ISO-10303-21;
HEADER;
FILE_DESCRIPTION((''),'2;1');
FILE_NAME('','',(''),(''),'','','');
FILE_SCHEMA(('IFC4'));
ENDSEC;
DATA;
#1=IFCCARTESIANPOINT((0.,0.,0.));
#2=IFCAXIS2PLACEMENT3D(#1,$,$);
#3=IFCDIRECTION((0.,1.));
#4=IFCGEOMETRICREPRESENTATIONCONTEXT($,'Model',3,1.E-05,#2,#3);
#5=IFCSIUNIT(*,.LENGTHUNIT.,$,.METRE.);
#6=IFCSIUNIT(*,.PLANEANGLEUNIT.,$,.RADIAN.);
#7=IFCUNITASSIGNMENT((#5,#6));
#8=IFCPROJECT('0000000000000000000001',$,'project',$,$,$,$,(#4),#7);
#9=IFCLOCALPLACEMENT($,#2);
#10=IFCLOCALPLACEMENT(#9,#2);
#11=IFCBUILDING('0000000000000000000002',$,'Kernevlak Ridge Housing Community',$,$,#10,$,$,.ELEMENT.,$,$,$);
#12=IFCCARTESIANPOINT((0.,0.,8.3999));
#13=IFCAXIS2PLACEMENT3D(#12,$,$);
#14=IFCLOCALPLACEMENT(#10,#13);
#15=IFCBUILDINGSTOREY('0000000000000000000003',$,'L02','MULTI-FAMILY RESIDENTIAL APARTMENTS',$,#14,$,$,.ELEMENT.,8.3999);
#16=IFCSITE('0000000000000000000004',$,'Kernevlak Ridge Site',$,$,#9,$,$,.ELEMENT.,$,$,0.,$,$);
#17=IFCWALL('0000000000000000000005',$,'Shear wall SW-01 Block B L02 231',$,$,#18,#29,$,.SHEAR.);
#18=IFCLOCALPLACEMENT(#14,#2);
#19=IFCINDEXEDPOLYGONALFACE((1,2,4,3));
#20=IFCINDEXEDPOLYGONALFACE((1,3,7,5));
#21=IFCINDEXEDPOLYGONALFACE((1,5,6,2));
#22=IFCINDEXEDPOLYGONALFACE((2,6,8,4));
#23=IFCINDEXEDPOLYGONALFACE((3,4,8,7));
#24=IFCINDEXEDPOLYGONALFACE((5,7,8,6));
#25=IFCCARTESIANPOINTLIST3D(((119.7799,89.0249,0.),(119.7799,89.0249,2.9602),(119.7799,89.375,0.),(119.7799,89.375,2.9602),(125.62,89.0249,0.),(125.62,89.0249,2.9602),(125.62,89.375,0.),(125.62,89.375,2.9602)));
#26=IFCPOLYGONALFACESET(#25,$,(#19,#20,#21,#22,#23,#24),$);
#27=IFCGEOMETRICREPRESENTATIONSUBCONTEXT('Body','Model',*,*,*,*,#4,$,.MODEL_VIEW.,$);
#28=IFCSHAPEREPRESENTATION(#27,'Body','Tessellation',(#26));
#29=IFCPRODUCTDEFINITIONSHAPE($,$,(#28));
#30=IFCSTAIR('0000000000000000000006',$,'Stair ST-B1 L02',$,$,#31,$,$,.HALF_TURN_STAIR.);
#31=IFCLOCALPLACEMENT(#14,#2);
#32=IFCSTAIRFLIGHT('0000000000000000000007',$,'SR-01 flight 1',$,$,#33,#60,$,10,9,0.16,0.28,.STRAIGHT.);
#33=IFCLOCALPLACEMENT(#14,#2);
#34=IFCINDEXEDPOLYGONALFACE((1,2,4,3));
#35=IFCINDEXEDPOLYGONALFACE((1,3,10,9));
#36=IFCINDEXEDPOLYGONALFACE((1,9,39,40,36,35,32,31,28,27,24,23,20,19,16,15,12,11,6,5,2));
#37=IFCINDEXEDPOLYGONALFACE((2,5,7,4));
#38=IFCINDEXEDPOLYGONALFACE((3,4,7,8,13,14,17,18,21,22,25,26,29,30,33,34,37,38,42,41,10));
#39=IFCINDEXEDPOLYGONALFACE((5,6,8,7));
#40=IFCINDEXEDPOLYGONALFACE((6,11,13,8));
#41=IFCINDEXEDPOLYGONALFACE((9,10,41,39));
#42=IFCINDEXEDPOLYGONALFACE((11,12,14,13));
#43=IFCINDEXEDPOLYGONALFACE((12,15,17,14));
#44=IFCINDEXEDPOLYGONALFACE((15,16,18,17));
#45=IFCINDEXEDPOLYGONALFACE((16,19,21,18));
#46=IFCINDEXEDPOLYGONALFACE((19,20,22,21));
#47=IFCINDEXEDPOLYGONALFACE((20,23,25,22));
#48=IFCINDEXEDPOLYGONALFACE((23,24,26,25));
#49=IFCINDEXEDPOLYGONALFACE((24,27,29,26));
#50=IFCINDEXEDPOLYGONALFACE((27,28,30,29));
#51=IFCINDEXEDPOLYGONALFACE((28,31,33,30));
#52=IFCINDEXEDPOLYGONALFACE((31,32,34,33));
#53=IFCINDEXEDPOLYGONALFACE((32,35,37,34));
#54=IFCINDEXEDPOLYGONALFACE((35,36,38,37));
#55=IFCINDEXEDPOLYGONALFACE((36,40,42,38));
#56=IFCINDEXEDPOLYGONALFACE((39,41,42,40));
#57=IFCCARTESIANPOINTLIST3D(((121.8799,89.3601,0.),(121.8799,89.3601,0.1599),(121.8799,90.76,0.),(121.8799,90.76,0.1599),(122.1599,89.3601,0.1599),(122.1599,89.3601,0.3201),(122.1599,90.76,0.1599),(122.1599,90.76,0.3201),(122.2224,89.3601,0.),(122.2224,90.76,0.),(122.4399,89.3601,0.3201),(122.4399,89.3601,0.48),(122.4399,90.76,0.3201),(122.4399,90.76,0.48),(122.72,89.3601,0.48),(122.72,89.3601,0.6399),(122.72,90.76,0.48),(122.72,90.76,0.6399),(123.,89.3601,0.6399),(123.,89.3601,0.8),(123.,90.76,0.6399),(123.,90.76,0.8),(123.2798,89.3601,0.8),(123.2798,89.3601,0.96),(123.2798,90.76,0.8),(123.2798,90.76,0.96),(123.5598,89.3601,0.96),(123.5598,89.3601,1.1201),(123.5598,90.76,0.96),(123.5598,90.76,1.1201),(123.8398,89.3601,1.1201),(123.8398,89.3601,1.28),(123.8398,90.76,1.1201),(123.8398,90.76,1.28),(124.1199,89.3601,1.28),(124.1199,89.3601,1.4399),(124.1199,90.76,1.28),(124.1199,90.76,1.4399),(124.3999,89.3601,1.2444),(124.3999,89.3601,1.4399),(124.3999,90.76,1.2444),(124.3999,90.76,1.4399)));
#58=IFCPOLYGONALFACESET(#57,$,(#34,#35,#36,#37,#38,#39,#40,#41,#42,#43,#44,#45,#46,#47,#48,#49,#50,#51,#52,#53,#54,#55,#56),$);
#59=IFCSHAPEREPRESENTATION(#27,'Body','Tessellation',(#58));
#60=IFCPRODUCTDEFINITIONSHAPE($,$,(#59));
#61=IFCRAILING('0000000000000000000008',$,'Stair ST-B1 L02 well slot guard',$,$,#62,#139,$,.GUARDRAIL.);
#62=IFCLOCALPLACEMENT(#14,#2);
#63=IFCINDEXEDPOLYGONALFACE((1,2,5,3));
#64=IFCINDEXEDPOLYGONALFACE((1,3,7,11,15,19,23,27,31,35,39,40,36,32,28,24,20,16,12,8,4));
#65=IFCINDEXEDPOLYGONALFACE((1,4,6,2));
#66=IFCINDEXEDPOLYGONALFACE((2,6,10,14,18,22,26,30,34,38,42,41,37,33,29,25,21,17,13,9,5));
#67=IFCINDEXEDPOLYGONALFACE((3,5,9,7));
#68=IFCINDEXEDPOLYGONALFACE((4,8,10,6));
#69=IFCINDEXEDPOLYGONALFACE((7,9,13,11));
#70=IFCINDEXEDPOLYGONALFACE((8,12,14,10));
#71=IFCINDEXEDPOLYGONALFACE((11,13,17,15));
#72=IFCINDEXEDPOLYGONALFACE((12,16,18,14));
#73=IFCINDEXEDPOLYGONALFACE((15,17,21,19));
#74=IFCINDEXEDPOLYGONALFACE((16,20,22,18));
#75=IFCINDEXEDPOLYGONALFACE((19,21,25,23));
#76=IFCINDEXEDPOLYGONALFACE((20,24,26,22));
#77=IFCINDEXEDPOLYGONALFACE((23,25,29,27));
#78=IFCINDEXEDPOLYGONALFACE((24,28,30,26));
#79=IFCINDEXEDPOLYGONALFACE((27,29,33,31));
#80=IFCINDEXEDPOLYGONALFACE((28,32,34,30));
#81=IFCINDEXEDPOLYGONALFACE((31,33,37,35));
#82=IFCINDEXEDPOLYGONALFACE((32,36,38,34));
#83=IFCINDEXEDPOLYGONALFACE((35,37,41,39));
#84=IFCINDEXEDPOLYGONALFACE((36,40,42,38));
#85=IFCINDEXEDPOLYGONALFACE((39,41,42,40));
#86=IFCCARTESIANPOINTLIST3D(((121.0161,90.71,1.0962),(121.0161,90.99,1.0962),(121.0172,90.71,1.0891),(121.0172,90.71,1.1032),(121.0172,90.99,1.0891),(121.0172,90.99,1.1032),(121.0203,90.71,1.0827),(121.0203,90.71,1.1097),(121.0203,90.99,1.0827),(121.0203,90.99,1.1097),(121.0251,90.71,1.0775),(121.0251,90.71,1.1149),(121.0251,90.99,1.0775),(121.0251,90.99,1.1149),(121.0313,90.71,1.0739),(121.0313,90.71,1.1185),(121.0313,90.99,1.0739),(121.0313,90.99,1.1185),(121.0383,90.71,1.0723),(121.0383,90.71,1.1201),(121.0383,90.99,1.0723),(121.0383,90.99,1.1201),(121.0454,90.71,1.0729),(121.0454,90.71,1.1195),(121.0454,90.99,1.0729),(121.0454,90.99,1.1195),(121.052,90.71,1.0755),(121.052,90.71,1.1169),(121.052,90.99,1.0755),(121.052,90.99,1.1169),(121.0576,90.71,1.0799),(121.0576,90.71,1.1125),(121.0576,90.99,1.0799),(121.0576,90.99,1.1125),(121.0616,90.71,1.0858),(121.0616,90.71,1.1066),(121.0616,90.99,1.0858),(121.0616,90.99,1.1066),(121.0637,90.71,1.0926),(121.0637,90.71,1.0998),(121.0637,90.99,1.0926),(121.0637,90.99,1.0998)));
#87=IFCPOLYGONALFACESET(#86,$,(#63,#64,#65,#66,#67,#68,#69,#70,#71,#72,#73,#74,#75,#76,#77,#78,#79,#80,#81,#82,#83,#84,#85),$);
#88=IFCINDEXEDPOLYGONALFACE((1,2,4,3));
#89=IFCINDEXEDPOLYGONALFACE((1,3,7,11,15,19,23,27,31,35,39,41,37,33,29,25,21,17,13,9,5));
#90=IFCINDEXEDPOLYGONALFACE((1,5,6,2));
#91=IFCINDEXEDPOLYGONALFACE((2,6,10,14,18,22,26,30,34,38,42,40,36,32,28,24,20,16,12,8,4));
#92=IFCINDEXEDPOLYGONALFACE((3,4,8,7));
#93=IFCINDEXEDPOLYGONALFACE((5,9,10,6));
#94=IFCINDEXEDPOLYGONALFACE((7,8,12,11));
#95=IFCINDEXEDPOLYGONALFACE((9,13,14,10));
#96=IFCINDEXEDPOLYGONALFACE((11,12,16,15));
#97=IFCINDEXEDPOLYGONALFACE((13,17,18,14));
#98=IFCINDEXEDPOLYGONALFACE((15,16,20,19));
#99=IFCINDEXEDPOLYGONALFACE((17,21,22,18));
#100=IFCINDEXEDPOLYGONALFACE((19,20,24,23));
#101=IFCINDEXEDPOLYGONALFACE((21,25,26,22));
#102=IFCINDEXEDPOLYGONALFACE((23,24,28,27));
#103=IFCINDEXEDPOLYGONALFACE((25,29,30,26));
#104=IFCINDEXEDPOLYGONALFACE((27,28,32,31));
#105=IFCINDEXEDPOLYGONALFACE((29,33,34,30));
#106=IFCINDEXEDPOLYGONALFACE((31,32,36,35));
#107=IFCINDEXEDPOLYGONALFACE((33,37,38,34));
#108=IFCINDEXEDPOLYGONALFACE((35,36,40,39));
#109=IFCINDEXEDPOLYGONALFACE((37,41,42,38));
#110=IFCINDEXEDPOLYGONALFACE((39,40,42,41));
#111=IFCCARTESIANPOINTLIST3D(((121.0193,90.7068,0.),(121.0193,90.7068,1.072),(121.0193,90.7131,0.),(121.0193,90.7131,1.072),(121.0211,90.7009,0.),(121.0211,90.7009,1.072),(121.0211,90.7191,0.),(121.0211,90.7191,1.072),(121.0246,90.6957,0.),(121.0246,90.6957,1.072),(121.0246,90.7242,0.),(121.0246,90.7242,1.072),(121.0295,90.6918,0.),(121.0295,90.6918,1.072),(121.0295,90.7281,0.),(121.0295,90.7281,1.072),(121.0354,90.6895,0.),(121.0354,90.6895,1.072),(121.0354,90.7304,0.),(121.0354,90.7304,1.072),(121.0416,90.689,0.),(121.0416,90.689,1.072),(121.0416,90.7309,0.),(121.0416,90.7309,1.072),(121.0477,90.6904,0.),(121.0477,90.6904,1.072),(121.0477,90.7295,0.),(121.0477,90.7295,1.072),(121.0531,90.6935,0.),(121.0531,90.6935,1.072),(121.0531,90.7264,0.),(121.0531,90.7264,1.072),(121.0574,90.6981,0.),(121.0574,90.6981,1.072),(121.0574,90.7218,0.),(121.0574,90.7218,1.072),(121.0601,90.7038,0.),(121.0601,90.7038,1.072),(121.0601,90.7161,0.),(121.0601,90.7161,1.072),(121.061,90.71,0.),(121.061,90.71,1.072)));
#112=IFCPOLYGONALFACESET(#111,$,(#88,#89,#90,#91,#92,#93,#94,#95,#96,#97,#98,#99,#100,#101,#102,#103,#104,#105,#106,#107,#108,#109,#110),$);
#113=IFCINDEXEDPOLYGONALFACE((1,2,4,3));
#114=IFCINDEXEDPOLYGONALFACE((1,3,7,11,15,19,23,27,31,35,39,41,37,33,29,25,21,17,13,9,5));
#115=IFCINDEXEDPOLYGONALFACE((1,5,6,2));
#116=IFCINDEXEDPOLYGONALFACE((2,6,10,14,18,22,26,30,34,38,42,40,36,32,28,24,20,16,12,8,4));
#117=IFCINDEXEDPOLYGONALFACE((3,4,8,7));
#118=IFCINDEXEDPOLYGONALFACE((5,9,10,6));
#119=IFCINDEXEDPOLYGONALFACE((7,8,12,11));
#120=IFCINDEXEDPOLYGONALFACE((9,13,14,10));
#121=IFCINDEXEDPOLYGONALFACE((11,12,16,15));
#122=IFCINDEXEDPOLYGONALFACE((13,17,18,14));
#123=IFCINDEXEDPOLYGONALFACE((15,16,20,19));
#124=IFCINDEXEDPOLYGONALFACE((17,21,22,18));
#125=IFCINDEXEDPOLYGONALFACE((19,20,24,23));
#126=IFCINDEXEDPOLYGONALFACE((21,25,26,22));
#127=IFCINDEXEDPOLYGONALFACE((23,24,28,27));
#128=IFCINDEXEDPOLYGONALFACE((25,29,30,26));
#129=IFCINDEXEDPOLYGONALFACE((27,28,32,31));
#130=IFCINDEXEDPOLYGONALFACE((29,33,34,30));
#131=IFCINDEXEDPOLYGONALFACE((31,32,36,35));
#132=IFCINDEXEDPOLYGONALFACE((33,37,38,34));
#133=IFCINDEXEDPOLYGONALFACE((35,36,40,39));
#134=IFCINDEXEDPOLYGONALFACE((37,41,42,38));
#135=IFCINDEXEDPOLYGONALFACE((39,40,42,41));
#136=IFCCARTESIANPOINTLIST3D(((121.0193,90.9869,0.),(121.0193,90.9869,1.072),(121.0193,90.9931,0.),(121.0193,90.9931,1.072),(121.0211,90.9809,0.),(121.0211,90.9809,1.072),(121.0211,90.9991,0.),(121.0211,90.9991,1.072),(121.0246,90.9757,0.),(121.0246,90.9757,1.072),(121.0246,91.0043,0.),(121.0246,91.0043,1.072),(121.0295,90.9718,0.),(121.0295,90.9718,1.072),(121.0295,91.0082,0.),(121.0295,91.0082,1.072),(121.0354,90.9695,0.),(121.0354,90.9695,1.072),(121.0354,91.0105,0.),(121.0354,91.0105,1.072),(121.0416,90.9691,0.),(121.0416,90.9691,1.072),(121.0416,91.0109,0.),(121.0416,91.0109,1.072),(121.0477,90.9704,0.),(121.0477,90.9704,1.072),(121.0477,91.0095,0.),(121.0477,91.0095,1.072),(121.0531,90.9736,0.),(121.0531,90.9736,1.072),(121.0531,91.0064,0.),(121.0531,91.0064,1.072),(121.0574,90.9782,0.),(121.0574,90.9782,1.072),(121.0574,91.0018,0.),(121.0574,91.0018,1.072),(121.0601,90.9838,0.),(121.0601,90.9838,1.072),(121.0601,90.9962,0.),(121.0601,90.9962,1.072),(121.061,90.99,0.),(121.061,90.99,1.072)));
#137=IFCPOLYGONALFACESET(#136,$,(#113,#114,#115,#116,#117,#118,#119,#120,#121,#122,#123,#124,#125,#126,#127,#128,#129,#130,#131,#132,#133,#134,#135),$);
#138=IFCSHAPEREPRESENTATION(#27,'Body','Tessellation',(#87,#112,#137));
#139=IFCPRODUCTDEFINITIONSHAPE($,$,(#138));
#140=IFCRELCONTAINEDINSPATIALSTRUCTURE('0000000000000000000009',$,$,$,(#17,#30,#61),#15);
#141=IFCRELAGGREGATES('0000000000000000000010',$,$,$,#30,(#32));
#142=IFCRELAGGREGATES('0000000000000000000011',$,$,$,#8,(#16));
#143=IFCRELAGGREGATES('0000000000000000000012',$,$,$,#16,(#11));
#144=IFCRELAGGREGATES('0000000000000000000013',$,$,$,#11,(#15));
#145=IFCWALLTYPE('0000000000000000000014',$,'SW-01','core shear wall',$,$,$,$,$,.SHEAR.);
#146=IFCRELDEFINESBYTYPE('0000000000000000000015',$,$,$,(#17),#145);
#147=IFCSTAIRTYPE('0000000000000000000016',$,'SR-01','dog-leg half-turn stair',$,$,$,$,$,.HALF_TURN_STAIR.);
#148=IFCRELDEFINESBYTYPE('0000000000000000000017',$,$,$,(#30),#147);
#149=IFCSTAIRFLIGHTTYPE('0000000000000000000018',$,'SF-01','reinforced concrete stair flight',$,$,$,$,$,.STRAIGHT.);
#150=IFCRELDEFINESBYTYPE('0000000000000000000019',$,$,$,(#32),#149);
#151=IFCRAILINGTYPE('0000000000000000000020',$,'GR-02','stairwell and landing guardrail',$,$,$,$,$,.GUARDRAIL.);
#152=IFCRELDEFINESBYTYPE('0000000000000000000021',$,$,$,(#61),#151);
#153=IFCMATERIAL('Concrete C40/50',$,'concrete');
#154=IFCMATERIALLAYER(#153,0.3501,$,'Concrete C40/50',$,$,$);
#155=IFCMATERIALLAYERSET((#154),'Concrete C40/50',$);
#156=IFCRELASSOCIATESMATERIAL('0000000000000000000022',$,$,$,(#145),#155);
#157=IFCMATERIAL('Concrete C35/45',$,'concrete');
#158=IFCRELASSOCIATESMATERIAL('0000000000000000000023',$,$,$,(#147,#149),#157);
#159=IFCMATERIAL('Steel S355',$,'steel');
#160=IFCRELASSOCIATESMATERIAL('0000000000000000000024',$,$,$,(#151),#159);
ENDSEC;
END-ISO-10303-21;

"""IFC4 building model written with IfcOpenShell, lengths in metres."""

from ifc_helpers import new_model, si_unit, direction, frame, frame_2d, origin, origin_2d, place, context, subcontext, project, spatial, polyline, rectangle, circle, outline, extrude, material, layer, layer_set, type_object, element, aggregate, save


model = new_model("IFC4")

# Units and contexts
model_context = context("Model", 3, precision=1e-05, world=origin(), true_north=direction((0.0, 1.0)))
body_context = subcontext(model_context, "Body", "Model", "MODEL_VIEW")
ifc_project = project(units=[si_unit("LENGTHUNIT", "METRE"), si_unit("PLANEANGLEUNIT", "RADIAN")], contexts=[model_context])

# Site, building, storey
site_placement = place(None, origin())
site = spatial("IfcSite", under=ifc_project, at=site_placement, Name="Kernevlak Ridge Site", CompositionType="ELEMENT", RefElevation=0.0)
building_placement = place(site_placement, origin())
building = spatial("IfcBuilding", under=site, at=building_placement, Name="Kernevlak Ridge Housing Community", CompositionType="ELEMENT")
storey_placement = place(building_placement, frame((0.0, 0.0, 8.3999)))
storey = spatial("IfcBuildingStorey", under=building, at=storey_placement, Name="L02", Description="MULTI-FAMILY RESIDENTIAL APARTMENTS", CompositionType="ELEMENT", Elevation=8.3999)

# Shared definitions
ifc_material_1 = material(Name="Concrete C40/50", Category="concrete")

# Shared definitions
ifc_material_2 = material(Name="Concrete C35/45", Category="concrete")

# Wall
ifc_layer_1 = layer(ifc_material_1, 0.3501, Name="Concrete C40/50")
ifc_layer_set_1 = layer_set([ifc_layer_1], Name="Concrete C40/50")
wall_type_1 = type_object("IfcWallType", Name="SW-01", Description="core shear wall", PredefinedType="SHEAR", material=ifc_layer_set_1)
wall_1_placement = place(storey_placement, frame((119.78, 89.2, 0.0), z_axis=(0.0, 0.0, 1.0), x_axis=(1.0, 0.0, 0.0)))
element("IfcWall", 1, at=wall_1_placement, inside=storey, type_object=wall_type_1, Name="Shear wall SW-01 Block B L02 231", PredefinedType="SHEAR", context=body_context, shape_type="SweptSolid", body=[
    extrude(rectangle(XDim=5.8401, YDim=0.3501, at=frame_2d((2.9199, 0.0))), origin(), (0.0, 0.0, 1.0), 2.9602),
])

# Stair, stair flight
stair_type = type_object("IfcStairType", Name="SR-01", Description="dog-leg half-turn stair", PredefinedType="HALF_TURN_STAIR", material=ifc_material_2)
stair_placement = place(storey_placement, origin())
stair = element("IfcStair", 2, at=stair_placement, inside=storey, type_object=stair_type, Name="Stair ST-B1 L02", PredefinedType="HALF_TURN_STAIR")
stair_flight_type = type_object("IfcStairFlightType", Name="SF-01", Description="reinforced concrete stair flight", PredefinedType="STRAIGHT", material=ifc_material_2)
stair_flight_placement = place(storey_placement, frame((121.8799, 90.0601, 0.0), z_axis=(0.0, 0.0, 1.0), x_axis=(1.0, 0.0, 0.0)))
stair_flight = element("IfcStairFlight", 3, at=stair_flight_placement, type_object=stair_flight_type, Name="SR-01 flight 1", NumberOfRisers=10, NumberOfTreads=9, PredefinedType="STRAIGHT", RiserHeight=0.16, TreadLength=0.28, context=body_context, shape_type="SweptSolid", body=[
    extrude(outline(polyline([(0.0, 0.0), (0.0, 0.1599), (0.28, 0.1599), (0.28, 0.3201), (0.5601, 0.3201), (0.5601, 0.48), (0.8401, 0.48), (0.8401, 0.6399), (1.1201, 0.6399), (1.1201, 0.8), (1.3999, 0.8), (1.3999, 0.96), (1.6799, 0.96), (1.6799, 1.1201), (1.96, 1.1201), (1.96, 1.28), (2.24, 1.28), (2.24, 1.4399), (2.52, 1.4399), (2.52, 1.6001), (2.52, 1.2444), (0.3425, 0.0), (0.0, 0.0)])), frame((0.0, 0.7, 0.0), z_axis=(0.0, -1.0, 0.0), x_axis=(1.0, 0.0, 0.0)), (0.0, 0.0, 1.0), 1.3999),
])
aggregate(stair, [stair_flight])

# Railing
ifc_material_3 = material(Name="Steel S355", Category="steel")
railing_type_1 = type_object("IfcRailingType", Name="GR-02", Description="stairwell and landing guardrail", PredefinedType="GUARDRAIL", material=ifc_material_3)
railing_1_placement = place(storey_placement, frame((121.04, 90.71, 0.0)))
element("IfcRailing", 4, at=railing_1_placement, inside=storey, type_object=railing_type_1, Name="Stair ST-B1 L02 well slot guard", PredefinedType="GUARDRAIL", context=body_context, shape_type="SweptSolid", body=[
    extrude(circle(Radius=0.0239, at=origin_2d()), frame((0.0, 0.0, 1.0962), z_axis=(0.0, 1.0, 0.0), x_axis=(-1.0, 0.0, 0.0)), (0.0, 0.0, 1.0), 0.28),
    extrude(circle(Radius=0.021, at=origin_2d()), origin(), (0.0, 0.0, 1.0), 1.072),
    extrude(circle(Radius=0.021, at=origin_2d()), frame((0.0, 0.28, 0.0)), (0.0, 0.0, 1.0), 1.072),
])

save(model, "model.ifc")
